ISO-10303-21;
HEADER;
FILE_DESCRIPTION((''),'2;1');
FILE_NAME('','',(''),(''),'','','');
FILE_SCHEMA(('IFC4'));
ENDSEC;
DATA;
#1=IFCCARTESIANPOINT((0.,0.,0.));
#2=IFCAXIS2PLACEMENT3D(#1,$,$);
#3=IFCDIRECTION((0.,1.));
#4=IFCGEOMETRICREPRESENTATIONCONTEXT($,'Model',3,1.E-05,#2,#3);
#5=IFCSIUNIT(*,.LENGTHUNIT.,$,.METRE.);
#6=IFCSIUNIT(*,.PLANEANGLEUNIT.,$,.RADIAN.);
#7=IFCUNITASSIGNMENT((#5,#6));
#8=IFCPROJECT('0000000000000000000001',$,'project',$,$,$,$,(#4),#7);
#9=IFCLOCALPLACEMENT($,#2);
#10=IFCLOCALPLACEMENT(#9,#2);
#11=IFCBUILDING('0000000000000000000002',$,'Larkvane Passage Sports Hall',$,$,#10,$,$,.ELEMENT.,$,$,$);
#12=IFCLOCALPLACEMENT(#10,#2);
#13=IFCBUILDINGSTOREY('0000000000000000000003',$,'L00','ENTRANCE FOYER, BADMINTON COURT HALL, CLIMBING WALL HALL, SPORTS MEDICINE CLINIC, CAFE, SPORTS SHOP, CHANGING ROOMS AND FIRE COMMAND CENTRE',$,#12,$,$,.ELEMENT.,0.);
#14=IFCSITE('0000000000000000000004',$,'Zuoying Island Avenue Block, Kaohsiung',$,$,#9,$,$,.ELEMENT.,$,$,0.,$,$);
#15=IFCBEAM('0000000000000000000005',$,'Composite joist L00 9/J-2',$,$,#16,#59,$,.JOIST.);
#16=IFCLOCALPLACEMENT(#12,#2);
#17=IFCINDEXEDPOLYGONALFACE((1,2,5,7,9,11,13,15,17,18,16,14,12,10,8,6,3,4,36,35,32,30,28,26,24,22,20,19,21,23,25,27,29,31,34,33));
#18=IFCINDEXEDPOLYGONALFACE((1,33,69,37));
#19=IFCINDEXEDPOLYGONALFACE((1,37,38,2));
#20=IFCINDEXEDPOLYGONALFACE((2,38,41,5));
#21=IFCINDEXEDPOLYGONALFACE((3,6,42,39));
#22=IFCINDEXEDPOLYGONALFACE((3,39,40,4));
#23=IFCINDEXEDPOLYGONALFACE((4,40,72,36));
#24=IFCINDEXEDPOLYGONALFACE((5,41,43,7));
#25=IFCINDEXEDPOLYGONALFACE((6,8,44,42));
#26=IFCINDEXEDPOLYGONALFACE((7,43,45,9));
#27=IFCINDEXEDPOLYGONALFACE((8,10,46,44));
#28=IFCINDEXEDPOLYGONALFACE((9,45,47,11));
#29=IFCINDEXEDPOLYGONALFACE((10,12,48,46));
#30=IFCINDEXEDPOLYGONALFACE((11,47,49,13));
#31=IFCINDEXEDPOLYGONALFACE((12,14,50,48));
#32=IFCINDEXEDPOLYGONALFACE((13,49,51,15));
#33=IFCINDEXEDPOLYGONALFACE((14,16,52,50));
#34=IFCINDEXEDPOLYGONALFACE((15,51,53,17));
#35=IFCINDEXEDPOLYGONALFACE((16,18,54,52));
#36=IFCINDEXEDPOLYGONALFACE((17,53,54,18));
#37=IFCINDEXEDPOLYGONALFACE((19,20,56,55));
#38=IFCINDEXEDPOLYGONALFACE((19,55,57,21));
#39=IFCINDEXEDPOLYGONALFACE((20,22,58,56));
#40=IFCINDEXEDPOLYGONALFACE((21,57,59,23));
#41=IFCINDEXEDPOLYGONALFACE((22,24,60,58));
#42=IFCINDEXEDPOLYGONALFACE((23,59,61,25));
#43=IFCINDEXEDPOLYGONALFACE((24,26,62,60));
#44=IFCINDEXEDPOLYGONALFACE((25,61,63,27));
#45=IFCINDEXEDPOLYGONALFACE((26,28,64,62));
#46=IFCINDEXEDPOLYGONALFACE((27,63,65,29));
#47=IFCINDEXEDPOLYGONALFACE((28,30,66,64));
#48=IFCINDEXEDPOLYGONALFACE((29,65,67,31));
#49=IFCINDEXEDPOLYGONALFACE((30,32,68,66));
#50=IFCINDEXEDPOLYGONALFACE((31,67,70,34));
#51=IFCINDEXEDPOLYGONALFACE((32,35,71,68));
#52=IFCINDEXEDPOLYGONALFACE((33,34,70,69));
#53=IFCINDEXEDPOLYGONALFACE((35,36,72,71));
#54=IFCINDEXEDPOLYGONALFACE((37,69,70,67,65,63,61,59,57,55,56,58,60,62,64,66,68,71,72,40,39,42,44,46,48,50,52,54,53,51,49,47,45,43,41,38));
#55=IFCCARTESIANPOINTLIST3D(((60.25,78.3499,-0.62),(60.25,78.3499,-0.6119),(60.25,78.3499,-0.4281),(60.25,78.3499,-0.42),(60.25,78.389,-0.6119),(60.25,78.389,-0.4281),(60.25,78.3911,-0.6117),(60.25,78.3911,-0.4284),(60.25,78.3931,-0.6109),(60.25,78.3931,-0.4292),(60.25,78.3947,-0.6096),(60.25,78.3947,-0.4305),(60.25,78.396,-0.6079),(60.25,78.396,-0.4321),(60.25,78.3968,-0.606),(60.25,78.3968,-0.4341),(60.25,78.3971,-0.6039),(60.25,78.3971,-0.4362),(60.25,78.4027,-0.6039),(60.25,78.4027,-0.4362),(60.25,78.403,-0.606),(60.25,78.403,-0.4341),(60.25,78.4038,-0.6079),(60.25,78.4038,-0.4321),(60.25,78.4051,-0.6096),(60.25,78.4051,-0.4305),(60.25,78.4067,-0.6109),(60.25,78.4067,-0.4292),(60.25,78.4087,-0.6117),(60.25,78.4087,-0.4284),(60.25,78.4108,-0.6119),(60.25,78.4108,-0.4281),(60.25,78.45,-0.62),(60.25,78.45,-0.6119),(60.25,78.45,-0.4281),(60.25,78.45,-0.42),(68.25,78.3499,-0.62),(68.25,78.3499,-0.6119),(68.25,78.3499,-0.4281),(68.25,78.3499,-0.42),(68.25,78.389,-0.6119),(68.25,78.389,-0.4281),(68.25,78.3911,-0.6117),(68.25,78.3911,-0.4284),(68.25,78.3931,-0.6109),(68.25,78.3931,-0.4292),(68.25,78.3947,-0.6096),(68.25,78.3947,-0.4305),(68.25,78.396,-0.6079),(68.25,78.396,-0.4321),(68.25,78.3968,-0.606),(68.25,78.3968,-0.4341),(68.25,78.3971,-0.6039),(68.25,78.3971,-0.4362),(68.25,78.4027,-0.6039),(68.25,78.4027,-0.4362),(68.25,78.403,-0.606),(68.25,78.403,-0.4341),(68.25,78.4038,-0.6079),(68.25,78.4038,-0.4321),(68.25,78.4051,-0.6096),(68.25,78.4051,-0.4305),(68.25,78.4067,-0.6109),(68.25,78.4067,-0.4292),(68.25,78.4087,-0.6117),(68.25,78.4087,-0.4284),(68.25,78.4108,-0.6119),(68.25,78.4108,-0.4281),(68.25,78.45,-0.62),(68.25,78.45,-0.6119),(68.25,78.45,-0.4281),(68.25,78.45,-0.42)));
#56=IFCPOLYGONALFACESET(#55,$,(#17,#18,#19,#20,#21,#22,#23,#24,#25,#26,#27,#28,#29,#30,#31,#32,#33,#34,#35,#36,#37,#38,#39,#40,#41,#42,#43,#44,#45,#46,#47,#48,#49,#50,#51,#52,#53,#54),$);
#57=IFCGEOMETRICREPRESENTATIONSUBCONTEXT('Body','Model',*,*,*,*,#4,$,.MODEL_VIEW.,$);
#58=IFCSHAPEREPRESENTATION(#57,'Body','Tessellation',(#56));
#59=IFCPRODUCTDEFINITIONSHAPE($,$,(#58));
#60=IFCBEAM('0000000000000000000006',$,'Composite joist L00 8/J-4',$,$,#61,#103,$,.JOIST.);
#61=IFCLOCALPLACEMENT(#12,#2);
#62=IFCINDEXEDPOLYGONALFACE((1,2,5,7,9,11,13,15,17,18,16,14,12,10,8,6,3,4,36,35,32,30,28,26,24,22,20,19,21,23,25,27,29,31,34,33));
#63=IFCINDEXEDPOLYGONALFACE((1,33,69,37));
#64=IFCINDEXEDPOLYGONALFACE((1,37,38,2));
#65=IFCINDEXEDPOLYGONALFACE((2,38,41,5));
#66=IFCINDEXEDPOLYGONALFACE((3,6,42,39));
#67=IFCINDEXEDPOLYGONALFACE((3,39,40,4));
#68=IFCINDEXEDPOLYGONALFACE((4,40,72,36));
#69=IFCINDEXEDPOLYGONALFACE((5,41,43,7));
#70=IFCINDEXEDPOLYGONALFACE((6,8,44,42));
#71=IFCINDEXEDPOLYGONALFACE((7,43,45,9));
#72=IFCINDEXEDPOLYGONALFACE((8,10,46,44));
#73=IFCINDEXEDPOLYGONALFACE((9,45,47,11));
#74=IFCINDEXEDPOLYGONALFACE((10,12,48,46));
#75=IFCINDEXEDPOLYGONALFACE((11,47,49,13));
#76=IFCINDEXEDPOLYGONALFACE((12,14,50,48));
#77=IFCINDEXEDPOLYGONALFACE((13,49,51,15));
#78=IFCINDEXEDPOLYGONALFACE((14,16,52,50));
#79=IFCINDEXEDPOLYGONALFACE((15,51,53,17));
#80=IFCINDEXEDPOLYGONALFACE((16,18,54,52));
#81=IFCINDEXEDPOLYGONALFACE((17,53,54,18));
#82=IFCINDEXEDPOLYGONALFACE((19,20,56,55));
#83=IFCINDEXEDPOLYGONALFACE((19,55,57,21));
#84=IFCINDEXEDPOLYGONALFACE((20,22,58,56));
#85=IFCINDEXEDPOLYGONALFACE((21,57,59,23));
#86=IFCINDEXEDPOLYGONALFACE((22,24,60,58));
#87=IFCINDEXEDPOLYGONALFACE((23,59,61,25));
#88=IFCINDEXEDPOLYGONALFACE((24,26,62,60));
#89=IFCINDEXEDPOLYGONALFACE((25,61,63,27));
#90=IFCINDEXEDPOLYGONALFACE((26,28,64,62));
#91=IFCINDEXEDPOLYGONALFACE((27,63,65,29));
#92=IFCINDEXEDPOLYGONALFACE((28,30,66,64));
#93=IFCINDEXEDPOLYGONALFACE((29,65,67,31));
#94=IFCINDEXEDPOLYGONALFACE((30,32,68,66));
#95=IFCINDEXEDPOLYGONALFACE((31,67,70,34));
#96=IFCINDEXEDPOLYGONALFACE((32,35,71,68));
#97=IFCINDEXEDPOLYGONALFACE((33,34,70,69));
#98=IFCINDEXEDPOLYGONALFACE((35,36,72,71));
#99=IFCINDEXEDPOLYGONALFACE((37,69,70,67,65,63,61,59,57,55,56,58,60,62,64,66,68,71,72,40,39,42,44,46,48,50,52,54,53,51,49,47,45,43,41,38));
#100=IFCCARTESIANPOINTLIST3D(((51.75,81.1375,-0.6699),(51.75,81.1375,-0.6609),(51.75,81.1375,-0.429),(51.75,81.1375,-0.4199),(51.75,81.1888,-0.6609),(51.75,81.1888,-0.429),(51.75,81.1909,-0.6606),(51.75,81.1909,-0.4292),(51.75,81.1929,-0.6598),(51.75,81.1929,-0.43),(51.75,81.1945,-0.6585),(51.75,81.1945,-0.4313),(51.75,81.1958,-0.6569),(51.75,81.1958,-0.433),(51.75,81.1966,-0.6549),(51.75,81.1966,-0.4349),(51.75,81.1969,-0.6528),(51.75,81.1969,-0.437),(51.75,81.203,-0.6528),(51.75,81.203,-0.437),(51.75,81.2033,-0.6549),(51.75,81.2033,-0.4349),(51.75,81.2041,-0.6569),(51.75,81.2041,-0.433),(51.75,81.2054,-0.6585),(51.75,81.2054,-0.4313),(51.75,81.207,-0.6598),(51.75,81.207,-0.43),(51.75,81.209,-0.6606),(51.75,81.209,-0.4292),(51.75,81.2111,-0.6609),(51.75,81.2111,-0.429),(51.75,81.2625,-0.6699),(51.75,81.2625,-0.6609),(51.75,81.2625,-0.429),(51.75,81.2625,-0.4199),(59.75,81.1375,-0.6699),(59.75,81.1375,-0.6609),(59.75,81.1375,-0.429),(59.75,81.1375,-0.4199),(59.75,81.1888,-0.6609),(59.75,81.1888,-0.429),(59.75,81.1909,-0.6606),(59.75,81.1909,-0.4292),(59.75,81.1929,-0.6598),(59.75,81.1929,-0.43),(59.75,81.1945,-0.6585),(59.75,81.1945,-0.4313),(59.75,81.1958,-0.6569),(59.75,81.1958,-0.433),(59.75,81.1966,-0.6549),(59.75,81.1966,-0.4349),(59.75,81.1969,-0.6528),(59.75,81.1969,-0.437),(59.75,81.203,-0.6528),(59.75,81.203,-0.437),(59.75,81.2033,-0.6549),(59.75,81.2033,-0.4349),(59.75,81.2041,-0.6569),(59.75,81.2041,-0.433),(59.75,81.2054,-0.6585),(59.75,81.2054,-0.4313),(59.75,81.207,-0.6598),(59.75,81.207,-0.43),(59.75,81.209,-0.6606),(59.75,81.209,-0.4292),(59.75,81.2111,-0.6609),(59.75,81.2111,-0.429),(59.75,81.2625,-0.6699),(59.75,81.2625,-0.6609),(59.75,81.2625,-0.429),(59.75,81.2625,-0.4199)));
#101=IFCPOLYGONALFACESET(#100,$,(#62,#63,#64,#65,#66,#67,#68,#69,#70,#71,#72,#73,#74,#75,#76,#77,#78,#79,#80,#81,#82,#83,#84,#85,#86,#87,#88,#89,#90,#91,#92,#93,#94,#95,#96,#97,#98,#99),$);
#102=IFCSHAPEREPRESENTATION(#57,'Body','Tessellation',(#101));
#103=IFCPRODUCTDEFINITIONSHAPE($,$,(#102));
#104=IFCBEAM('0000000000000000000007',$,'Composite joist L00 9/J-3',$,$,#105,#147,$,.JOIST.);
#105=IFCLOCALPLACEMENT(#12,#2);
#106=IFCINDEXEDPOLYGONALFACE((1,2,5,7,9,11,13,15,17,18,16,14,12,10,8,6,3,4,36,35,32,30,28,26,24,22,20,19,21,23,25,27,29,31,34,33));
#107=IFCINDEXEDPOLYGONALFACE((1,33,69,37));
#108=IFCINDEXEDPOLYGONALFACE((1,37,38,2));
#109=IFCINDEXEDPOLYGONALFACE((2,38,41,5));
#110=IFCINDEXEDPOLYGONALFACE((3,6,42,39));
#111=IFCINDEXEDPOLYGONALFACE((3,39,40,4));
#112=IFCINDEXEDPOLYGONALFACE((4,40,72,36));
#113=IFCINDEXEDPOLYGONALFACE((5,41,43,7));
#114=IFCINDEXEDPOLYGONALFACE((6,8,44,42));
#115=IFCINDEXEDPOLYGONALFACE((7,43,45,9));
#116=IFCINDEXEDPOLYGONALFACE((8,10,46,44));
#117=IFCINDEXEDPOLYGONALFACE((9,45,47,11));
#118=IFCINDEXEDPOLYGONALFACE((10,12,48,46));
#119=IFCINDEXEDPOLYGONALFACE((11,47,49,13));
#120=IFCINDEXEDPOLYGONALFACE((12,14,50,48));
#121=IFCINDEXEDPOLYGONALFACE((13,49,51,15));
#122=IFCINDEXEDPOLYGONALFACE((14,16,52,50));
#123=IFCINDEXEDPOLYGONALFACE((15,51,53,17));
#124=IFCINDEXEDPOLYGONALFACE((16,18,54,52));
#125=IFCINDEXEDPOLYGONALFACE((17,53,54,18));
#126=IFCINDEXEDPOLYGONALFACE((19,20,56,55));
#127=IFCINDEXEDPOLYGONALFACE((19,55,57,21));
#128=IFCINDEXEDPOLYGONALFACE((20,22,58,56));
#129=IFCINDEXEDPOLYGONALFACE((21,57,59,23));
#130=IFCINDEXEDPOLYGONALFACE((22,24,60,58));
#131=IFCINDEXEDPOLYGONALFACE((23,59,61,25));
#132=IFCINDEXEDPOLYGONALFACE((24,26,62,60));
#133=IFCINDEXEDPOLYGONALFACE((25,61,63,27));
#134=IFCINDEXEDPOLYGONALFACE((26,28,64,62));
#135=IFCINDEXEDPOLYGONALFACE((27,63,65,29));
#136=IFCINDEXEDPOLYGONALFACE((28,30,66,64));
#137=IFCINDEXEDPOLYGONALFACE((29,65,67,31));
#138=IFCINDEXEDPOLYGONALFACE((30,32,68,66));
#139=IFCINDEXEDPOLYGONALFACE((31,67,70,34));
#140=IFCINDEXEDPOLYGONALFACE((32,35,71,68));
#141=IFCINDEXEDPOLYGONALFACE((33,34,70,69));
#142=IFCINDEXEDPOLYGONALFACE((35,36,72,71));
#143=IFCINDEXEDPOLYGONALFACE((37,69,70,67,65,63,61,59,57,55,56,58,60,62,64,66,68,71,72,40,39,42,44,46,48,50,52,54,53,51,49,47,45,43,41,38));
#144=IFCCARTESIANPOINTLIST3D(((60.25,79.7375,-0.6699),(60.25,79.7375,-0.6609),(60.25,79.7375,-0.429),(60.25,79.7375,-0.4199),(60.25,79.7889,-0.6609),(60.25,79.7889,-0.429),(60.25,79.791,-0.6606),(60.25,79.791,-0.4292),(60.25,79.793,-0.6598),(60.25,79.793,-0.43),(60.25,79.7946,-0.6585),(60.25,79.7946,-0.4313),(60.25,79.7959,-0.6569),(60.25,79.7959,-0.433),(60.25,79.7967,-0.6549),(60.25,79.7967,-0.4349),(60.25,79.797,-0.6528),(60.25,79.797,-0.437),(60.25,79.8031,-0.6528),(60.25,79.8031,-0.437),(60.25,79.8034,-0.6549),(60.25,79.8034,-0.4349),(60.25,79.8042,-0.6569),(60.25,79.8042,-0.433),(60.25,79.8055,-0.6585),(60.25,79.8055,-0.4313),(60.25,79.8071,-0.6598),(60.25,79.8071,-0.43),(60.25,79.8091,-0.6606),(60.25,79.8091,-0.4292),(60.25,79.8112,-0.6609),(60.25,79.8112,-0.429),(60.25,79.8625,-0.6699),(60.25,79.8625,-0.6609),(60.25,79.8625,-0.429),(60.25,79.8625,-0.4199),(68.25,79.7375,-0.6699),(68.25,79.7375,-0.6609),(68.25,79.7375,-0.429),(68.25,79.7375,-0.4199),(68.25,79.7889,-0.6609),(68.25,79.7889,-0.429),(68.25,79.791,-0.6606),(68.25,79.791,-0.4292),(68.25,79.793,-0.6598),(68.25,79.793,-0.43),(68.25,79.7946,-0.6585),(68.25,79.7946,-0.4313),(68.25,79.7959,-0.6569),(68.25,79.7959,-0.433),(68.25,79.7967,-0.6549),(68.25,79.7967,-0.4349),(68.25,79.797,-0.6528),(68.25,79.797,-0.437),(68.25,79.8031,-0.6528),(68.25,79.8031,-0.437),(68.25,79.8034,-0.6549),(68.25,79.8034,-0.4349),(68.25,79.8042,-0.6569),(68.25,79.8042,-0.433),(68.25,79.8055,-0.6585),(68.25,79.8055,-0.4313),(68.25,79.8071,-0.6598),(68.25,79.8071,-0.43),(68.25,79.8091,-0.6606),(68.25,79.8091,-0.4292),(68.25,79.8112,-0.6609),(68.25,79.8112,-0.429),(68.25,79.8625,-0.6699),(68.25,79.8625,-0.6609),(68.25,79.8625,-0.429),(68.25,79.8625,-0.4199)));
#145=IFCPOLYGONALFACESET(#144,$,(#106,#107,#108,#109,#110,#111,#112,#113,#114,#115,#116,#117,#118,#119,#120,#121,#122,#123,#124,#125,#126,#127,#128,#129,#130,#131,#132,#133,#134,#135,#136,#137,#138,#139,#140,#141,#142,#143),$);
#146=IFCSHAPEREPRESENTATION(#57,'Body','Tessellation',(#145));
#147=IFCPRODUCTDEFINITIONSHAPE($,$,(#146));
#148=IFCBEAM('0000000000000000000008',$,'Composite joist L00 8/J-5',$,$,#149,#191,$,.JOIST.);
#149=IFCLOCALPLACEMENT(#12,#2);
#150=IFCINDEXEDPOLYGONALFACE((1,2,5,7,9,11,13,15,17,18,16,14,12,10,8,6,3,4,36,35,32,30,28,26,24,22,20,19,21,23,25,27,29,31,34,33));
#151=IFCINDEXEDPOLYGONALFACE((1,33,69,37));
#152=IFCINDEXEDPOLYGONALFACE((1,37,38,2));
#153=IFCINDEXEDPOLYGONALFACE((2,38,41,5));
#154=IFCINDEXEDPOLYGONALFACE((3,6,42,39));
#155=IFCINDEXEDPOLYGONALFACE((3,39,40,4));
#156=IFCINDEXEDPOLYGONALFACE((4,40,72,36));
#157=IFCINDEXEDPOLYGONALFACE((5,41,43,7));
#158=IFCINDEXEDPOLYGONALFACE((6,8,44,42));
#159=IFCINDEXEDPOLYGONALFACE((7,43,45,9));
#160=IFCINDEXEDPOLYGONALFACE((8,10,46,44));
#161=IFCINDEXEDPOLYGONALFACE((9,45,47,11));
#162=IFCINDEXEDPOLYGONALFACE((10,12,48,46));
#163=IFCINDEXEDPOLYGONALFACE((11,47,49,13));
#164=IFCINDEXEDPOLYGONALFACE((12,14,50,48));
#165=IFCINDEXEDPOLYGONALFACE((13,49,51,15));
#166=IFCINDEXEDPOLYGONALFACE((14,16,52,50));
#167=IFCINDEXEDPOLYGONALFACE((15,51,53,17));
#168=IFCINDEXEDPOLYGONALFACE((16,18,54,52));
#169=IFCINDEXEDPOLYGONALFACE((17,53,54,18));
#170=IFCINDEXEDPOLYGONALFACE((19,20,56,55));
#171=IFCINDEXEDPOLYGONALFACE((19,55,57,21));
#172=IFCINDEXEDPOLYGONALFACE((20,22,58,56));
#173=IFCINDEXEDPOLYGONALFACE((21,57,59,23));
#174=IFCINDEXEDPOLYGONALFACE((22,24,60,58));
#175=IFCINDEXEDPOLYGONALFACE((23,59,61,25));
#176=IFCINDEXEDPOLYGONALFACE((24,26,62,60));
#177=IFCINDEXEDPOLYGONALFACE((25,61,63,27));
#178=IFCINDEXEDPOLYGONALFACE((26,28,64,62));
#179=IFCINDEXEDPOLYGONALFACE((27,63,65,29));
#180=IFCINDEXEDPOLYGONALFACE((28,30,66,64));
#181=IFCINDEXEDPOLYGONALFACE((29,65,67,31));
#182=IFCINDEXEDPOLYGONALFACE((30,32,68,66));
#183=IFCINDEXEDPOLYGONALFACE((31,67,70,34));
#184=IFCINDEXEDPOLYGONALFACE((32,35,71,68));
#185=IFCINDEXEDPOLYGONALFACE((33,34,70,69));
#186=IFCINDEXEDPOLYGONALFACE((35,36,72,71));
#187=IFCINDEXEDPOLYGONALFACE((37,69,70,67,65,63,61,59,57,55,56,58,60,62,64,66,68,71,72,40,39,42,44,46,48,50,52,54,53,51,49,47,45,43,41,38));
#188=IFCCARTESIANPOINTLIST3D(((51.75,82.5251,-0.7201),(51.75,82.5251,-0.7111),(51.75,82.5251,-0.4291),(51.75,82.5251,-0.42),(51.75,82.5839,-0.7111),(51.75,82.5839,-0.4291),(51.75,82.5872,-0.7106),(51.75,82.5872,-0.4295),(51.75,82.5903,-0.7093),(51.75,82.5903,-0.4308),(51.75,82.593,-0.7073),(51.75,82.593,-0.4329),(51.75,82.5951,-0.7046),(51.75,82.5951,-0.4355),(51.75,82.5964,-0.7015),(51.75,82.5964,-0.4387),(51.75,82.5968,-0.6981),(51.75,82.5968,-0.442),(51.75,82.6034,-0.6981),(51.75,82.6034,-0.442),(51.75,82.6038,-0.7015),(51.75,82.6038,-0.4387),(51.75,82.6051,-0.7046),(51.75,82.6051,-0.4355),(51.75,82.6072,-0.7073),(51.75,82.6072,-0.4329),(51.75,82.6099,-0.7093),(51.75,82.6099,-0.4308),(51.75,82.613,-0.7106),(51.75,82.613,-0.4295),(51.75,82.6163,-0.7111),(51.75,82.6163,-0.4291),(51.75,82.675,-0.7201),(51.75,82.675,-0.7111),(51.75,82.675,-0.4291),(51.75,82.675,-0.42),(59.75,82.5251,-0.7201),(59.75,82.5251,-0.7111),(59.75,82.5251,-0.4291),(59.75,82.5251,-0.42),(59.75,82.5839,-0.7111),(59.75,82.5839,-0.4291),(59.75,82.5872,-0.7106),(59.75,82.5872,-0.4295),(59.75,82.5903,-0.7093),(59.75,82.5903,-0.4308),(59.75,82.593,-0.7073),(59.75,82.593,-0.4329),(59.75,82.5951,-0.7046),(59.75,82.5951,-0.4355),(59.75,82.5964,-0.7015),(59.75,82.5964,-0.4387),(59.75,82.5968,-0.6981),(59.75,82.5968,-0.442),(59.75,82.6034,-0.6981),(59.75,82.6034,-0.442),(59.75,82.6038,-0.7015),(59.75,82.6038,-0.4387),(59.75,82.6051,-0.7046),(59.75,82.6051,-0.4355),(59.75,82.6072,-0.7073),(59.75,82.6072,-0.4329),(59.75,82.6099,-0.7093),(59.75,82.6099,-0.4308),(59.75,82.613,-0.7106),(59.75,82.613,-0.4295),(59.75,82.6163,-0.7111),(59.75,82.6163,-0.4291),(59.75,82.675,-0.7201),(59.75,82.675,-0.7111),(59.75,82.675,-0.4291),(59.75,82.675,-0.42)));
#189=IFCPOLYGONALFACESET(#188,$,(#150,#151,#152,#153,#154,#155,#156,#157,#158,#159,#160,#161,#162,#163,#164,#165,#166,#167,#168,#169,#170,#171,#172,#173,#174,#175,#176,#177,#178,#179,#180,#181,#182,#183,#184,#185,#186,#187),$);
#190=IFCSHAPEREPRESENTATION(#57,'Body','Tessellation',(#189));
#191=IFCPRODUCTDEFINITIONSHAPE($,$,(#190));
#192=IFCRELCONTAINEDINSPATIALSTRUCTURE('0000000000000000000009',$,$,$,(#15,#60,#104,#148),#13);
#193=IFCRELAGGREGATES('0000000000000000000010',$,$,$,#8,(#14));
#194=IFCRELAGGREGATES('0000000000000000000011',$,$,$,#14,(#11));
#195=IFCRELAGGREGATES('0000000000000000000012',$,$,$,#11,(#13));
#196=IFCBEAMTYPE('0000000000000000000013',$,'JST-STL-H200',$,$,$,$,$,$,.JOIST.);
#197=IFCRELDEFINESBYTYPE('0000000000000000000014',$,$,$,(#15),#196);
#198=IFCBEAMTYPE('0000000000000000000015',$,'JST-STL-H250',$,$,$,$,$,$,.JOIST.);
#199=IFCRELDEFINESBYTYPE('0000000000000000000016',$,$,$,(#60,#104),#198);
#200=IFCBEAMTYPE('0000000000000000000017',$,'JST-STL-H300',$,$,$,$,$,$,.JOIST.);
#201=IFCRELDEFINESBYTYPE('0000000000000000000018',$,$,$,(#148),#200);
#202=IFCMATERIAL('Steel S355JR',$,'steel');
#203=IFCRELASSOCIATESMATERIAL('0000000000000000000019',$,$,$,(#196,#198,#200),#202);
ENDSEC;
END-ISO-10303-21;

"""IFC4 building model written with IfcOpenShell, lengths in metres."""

from ifc_helpers import new_model, si_unit, direction, frame, origin, origin_2d, place, context, subcontext, project, spatial, i_section, extrude, material, material_profile, profile_set, type_object, element, save


model = new_model("IFC4")

# Units and contexts
model_context = context("Model", 3, precision=1e-05, world=origin(), true_north=direction((0.0, 1.0)))
body_context = subcontext(model_context, "Body", "Model", "MODEL_VIEW")
ifc_project = project(units=[si_unit("LENGTHUNIT", "METRE"), si_unit("PLANEANGLEUNIT", "RADIAN")], contexts=[model_context])

# Site, building, storey
site_placement = place(None, origin())
site = spatial("IfcSite", under=ifc_project, at=site_placement, Name="Zuoying Island Avenue Block, Kaohsiung", CompositionType="ELEMENT", RefElevation=0.0)
building_placement = place(site_placement, origin())
building = spatial("IfcBuilding", under=site, at=building_placement, Name="Larkvane Passage Sports Hall", CompositionType="ELEMENT")
storey_placement = place(building_placement, origin())
storey = spatial("IfcBuildingStorey", under=building, at=storey_placement, Name="L00", Description="ENTRANCE FOYER, BADMINTON COURT HALL, CLIMBING WALL HALL, SPORTS MEDICINE CLINIC, CAFE, SPORTS SHOP, CHANGING ROOMS AND FIRE COMMAND CENTRE", CompositionType="ELEMENT", Elevation=0.0)

# Shared definitions
ifc_material_1 = material(Name="Steel S355JR", Category="steel")

# Beams
ifc_material_profile_1 = material_profile(ifc_material_1, i_section(OverallWidth=0.1001, OverallDepth=0.2, WebThickness=0.0056, FlangeThickness=0.0081, FilletRadius=0.0081, at=origin_2d()), Name="H-200x100x5.5x8")
ifc_profile_set_1 = profile_set([ifc_material_profile_1], Name="Steel S355JR")
beam_type_1 = type_object("IfcBeamType", Name="JST-STL-H200", PredefinedType="JOIST", material=ifc_profile_set_1)
for number, where, z_axis, x_axis, name in (
    (1, (60.25, 78.3999, -0.52), (1.0, 0.0, 0.0), (0.0, 1.0, 0.0), "Composite joist L00 9/J-2"),
):
    element("IfcBeam", number, at=place(storey_placement, frame(where, z_axis=z_axis, x_axis=x_axis)), inside=storey, type_object=beam_type_1, Name=name, PredefinedType="JOIST", context=body_context, shape_type="SweptSolid", body=[
        extrude(i_section(OverallWidth=0.1001, OverallDepth=0.2, WebThickness=0.0056, FlangeThickness=0.0081, FilletRadius=0.0081, at=origin_2d()), origin(), (0.0, 0.0, 1.0), 8.0),
    ])
ifc_material_profile_2 = material_profile(ifc_material_1, i_section(OverallWidth=0.125, OverallDepth=0.25, WebThickness=0.0061, FlangeThickness=0.009, FilletRadius=0.0081, at=origin_2d()), Name="H-250x125x6x9")
ifc_profile_set_2 = profile_set([ifc_material_profile_2], Name="Steel S355JR")
beam_type_2 = type_object("IfcBeamType", Name="JST-STL-H250", PredefinedType="JOIST", material=ifc_profile_set_2)
for number, where, z_axis, x_axis, name in (
    (2, (51.75, 81.2, -0.5449), (1.0, 0.0, 0.0), (0.0, 1.0, 0.0), "Composite joist L00 8/J-4"),
    (3, (60.25, 79.8, -0.5449), (1.0, 0.0, 0.0), (0.0, 1.0, 0.0), "Composite joist L00 9/J-3"),
):
    element("IfcBeam", number, at=place(storey_placement, frame(where, z_axis=z_axis, x_axis=x_axis)), inside=storey, type_object=beam_type_2, Name=name, PredefinedType="JOIST", context=body_context, shape_type="SweptSolid", body=[
        extrude(i_section(OverallWidth=0.125, OverallDepth=0.25, WebThickness=0.0061, FlangeThickness=0.009, FilletRadius=0.0081, at=origin_2d()), origin(), (0.0, 0.0, 1.0), 8.0),
    ])
ifc_material_profile_3 = material_profile(ifc_material_1, i_section(OverallWidth=0.1499, OverallDepth=0.3, WebThickness=0.0066, FlangeThickness=0.009, FilletRadius=0.0129, at=origin_2d()), Name="H-300x150x6.5x9")
ifc_profile_set_3 = profile_set([ifc_material_profile_3], Name="Steel S355JR")
beam_type_3 = type_object("IfcBeamType", Name="JST-STL-H300", PredefinedType="JOIST", material=ifc_profile_set_3)
for number, where, z_axis, x_axis, name in (
    (4, (51.75, 82.6001, -0.5701), (1.0, 0.0, 0.0), (0.0, 1.0, 0.0), "Composite joist L00 8/J-5"),
):
    element("IfcBeam", number, at=place(storey_placement, frame(where, z_axis=z_axis, x_axis=x_axis)), inside=storey, type_object=beam_type_3, Name=name, PredefinedType="JOIST", context=body_context, shape_type="SweptSolid", body=[
        extrude(i_section(OverallWidth=0.1499, OverallDepth=0.3, WebThickness=0.0066, FlangeThickness=0.009, FilletRadius=0.0129, at=origin_2d()), origin(), (0.0, 0.0, 1.0), 8.0),
    ])

save(model, "model.ifc")
